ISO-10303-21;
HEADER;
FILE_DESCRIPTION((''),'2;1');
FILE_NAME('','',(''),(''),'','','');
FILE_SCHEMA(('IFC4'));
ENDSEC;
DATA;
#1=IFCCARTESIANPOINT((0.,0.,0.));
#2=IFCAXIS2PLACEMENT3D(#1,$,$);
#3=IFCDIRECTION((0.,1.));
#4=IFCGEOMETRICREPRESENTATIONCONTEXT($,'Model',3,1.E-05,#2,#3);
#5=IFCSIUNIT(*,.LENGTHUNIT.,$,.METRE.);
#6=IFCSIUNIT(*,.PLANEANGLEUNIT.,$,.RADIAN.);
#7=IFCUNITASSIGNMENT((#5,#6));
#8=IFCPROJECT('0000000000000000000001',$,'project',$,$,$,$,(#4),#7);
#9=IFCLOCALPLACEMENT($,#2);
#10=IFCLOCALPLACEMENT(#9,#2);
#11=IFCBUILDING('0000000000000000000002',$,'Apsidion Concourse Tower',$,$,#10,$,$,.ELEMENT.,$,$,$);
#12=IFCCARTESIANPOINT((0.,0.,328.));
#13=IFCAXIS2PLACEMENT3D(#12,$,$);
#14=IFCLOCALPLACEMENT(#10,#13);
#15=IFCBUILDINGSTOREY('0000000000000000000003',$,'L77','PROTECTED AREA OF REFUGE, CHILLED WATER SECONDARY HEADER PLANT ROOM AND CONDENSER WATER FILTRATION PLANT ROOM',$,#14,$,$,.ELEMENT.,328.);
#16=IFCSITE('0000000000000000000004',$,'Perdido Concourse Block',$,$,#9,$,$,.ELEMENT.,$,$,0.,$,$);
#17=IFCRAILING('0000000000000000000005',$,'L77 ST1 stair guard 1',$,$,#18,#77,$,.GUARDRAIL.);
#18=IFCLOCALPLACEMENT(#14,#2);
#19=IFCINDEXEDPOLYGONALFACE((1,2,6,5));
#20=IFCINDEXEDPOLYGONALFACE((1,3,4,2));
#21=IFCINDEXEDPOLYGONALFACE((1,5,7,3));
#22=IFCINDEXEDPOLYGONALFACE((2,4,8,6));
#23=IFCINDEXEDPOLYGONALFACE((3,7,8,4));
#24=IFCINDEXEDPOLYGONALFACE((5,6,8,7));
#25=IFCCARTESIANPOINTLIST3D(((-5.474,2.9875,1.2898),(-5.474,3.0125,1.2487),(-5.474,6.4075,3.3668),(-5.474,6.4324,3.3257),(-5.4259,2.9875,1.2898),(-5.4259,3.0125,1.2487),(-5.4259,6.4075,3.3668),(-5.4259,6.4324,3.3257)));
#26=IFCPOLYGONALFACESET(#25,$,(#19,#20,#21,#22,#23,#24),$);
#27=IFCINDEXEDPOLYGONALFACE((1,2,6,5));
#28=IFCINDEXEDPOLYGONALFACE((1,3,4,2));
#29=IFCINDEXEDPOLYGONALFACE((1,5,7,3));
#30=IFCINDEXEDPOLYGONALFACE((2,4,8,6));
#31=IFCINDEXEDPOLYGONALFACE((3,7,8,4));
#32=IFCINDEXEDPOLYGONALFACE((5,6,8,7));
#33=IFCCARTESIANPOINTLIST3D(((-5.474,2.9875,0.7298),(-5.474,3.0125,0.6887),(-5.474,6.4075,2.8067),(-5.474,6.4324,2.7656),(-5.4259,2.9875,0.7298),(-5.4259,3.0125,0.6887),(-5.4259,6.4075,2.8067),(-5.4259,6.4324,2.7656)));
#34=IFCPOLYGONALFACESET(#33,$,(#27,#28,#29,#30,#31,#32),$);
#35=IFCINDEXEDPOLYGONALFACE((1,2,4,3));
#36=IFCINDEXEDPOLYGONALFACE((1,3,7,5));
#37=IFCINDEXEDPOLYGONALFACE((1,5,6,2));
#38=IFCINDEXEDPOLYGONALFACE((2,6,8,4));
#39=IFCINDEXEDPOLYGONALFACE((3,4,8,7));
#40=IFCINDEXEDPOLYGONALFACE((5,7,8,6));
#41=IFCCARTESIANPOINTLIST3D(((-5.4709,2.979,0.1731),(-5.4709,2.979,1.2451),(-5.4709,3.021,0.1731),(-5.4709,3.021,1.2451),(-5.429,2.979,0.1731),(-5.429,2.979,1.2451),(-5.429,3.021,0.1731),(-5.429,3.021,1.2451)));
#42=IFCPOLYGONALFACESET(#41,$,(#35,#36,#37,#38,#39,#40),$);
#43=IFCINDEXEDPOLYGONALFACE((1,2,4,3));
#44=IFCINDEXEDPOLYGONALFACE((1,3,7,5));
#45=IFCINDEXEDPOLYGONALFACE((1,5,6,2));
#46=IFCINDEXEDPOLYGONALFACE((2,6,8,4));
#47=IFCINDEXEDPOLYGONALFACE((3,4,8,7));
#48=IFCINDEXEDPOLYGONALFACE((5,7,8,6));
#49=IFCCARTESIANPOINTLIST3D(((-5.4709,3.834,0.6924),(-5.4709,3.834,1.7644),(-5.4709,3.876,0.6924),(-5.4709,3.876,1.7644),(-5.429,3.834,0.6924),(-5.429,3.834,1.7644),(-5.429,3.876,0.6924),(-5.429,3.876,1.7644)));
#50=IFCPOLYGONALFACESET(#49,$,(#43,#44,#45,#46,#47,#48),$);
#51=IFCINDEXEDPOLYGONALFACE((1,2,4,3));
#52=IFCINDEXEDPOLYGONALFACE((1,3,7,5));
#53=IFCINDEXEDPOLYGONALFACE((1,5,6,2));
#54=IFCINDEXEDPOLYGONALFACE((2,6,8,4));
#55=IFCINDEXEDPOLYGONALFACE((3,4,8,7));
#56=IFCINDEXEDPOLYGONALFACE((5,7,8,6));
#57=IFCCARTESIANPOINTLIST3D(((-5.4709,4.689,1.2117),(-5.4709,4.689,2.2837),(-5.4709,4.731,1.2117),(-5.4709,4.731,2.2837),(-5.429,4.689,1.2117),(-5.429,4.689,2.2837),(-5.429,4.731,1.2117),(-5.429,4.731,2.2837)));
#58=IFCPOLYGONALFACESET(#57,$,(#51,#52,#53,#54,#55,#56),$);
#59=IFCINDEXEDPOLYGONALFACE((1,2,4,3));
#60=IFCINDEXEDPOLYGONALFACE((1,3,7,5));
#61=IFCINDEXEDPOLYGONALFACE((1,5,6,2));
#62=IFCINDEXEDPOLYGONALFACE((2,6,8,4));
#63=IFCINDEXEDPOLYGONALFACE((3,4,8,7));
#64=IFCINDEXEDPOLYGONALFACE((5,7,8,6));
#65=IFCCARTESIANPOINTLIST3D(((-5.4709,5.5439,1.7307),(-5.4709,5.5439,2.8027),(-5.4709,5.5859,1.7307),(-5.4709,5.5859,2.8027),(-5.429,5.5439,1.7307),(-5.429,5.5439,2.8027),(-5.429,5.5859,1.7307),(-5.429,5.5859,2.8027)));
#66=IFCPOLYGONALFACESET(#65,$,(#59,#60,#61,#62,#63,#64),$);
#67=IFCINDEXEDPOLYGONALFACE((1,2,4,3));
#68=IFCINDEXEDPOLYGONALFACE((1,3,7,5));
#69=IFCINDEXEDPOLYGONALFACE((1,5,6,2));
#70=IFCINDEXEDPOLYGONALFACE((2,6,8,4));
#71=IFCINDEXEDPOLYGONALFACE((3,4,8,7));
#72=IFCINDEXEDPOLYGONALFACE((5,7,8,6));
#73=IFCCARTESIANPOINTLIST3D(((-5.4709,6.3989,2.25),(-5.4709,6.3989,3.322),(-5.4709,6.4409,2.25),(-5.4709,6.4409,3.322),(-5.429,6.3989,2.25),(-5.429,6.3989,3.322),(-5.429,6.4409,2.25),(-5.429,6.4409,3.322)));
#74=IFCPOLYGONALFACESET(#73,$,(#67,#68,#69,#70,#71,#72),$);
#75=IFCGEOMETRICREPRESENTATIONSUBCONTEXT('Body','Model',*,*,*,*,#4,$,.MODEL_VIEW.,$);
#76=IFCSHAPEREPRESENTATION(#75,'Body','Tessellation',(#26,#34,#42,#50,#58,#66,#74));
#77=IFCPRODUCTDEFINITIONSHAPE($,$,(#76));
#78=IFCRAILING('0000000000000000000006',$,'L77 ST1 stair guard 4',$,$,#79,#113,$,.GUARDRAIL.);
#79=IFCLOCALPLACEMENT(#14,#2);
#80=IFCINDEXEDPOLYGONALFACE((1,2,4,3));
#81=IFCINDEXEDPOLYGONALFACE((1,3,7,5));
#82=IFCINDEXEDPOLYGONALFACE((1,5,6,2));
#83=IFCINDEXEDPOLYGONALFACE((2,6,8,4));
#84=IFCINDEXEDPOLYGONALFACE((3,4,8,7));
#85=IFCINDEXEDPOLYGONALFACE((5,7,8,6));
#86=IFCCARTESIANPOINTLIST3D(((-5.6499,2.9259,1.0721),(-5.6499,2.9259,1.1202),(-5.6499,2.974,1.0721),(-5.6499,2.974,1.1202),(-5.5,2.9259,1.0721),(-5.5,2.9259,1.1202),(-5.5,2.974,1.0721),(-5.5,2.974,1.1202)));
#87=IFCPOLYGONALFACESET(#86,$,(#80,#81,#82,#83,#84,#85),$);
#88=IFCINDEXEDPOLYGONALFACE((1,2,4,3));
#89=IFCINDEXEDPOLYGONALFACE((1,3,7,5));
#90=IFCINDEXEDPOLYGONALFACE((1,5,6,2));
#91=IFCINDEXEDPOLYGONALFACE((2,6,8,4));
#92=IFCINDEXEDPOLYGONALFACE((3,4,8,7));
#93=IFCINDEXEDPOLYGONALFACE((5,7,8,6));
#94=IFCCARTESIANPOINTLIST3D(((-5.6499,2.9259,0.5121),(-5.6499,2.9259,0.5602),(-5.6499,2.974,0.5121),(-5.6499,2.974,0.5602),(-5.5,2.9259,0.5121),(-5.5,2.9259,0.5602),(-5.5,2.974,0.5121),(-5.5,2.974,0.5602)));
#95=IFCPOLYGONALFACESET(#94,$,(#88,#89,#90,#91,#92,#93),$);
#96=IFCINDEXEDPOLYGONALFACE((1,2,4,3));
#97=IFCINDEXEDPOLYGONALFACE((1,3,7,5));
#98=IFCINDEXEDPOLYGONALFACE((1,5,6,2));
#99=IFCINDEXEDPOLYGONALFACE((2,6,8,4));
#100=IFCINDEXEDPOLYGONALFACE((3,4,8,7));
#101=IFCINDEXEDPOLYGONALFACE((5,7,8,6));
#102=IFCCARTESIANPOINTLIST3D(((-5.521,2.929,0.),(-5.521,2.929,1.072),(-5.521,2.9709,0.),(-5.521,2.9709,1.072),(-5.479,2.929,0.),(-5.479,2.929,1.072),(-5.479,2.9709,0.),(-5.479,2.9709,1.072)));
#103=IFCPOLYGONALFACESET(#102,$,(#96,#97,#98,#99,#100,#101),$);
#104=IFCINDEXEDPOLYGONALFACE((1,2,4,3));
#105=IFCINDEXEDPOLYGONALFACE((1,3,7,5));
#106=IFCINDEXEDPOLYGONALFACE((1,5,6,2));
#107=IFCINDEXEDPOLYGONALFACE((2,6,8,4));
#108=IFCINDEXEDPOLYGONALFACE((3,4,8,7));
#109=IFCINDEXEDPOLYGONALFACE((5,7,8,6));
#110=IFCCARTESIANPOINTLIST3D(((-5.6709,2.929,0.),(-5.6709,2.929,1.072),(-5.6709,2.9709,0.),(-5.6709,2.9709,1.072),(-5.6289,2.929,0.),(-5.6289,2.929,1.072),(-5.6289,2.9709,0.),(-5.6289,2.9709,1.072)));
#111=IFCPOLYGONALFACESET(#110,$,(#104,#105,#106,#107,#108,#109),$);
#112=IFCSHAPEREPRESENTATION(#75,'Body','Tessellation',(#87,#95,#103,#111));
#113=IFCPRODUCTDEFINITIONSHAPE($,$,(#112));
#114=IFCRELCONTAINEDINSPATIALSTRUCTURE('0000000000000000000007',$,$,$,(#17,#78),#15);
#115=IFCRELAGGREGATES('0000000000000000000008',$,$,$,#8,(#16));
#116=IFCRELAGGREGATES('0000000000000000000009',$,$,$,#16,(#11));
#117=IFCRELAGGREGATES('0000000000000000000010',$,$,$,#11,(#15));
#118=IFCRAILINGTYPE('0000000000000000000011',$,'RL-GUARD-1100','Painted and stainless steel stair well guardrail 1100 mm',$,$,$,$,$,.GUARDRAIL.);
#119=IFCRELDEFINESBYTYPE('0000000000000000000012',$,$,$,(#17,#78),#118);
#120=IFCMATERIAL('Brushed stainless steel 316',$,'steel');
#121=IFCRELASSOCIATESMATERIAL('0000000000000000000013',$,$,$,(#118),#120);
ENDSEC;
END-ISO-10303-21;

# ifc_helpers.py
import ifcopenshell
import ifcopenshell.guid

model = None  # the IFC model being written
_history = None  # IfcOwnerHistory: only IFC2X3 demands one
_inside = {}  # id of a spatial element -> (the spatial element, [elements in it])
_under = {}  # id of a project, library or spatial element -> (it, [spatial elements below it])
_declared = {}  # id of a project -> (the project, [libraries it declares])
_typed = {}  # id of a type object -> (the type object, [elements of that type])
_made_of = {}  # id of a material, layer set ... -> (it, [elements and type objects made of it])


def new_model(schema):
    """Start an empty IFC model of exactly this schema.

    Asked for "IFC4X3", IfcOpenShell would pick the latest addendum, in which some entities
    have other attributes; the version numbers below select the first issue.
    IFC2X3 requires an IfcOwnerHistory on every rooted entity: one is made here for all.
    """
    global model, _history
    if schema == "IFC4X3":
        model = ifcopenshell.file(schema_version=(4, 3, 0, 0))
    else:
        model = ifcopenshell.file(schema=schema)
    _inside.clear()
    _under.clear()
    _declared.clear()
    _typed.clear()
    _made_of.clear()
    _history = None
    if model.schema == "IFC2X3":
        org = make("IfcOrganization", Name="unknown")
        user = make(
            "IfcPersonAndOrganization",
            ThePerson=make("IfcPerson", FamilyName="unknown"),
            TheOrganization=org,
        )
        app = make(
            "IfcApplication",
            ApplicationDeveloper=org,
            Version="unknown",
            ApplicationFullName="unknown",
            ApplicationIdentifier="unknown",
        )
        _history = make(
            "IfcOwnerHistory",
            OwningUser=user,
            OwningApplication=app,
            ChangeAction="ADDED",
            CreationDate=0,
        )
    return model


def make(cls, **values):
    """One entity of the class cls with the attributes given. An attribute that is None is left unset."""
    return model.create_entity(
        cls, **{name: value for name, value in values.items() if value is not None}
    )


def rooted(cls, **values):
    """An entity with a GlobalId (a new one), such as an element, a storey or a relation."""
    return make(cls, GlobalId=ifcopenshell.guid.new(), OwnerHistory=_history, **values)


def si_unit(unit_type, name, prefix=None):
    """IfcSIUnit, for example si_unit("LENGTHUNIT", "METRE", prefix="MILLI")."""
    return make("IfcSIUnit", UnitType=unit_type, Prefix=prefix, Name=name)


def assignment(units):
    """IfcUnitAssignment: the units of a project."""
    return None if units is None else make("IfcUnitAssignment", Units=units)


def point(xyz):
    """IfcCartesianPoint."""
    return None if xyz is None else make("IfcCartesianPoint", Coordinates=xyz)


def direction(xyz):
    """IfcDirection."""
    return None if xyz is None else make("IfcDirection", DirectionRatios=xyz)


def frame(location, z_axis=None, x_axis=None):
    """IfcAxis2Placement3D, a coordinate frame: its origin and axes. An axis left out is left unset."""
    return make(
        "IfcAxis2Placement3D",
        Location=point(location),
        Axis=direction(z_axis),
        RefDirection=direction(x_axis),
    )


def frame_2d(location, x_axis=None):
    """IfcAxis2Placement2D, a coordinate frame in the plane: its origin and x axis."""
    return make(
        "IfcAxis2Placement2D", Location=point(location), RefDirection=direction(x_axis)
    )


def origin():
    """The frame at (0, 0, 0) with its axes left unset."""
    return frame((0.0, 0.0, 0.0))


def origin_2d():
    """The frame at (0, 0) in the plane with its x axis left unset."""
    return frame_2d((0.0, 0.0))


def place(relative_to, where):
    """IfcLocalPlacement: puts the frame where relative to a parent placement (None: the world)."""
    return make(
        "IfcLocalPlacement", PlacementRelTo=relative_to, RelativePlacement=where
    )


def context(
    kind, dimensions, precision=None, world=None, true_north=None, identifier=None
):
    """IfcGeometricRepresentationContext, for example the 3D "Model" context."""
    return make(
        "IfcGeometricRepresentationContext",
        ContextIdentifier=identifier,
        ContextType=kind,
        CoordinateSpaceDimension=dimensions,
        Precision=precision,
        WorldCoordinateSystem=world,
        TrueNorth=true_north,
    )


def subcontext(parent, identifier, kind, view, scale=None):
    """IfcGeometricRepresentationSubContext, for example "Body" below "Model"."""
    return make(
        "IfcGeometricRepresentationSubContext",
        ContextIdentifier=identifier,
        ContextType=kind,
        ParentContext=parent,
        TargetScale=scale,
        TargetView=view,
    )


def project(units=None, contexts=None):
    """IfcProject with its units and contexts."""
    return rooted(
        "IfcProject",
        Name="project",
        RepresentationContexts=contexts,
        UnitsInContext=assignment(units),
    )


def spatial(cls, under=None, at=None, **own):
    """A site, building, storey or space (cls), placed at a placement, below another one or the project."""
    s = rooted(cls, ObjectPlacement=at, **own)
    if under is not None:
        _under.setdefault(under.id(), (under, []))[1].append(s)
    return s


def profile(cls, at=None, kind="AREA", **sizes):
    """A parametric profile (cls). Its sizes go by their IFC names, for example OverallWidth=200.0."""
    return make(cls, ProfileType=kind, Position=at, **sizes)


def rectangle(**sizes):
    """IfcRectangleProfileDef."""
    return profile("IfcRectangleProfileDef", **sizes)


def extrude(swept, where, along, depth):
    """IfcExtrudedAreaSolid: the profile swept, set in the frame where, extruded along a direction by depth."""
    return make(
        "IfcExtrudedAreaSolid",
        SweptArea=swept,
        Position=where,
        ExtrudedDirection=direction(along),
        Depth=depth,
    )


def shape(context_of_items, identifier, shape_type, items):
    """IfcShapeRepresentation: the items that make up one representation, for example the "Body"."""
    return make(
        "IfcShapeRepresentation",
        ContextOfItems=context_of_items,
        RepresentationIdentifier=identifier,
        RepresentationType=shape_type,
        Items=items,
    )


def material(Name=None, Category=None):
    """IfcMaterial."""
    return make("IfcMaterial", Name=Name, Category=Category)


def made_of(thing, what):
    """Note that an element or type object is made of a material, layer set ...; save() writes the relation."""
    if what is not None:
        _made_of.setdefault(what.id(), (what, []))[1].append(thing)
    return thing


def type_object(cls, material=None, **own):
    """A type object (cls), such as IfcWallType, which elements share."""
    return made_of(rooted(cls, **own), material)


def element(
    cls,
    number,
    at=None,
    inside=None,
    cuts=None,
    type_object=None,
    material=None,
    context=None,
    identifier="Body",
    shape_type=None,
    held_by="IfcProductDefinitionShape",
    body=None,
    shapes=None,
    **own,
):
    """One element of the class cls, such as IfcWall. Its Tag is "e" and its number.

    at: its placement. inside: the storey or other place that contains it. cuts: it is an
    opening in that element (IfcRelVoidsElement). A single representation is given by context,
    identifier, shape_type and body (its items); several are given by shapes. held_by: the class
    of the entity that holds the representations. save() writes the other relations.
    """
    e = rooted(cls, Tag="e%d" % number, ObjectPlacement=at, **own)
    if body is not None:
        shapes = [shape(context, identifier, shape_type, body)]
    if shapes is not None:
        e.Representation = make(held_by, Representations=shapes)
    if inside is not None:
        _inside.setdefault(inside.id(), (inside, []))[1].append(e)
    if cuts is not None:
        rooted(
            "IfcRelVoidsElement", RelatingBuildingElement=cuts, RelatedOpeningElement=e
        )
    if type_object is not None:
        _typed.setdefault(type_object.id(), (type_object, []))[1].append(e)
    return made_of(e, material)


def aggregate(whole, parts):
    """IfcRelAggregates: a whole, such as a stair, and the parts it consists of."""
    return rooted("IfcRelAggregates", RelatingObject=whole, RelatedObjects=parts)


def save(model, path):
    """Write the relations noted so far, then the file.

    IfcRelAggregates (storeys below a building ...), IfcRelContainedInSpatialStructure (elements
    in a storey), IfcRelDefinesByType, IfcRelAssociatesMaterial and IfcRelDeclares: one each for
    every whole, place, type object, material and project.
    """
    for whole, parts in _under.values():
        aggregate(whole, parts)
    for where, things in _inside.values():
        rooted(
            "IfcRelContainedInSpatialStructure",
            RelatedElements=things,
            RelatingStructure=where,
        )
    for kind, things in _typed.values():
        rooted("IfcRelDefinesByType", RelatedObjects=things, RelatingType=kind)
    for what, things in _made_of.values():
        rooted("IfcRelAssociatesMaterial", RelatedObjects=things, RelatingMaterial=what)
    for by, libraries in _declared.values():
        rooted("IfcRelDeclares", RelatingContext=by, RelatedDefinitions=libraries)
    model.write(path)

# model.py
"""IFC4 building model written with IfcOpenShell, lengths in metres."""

from ifc_helpers import new_model, si_unit, direction, frame, origin, origin_2d, place, context, subcontext, project, spatial, rectangle, extrude, material, type_object, element, save


model = new_model("IFC4")

# Units and contexts
model_context = context("Model", 3, precision=1e-05, world=origin(), true_north=direction((0.0, 1.0)))
body_context = subcontext(model_context, "Body", "Model", "MODEL_VIEW")
ifc_project = project(units=[si_unit("LENGTHUNIT", "METRE"), si_unit("PLANEANGLEUNIT", "RADIAN")], contexts=[model_context])

# Site, building, storey
site_placement = place(None, origin())
site = spatial("IfcSite", under=ifc_project, at=site_placement, Name="Perdido Concourse Block", CompositionType="ELEMENT", RefElevation=0.0)
building_placement = place(site_placement, origin())
building = spatial("IfcBuilding", under=site, at=building_placement, Name="Apsidion Concourse Tower", CompositionType="ELEMENT")
storey_placement = place(building_placement, frame((0.0, 0.0, 328.0)))
storey = spatial("IfcBuildingStorey", under=building, at=storey_placement, Name="L77", Description="PROTECTED AREA OF REFUGE, CHILLED WATER SECONDARY HEADER PLANT ROOM AND CONDENSER WATER FILTRATION PLANT ROOM", CompositionType="ELEMENT", Elevation=328.0)

# Shared definitions
ifc_material_1 = material(Name="Brushed stainless steel 316", Category="steel")

# Railings
railing_type = type_object("IfcRailingType", Name="RL-GUARD-1100", Description="Painted and stainless steel stair well guardrail 1100 mm", PredefinedType="GUARDRAIL", material=ifc_material_1)
railing_1_placement = place(storey_placement, frame((-5.45, 3.0, 0.1731)))
element("IfcRailing", 1, at=railing_1_placement, inside=storey, type_object=railing_type, Name="L77 ST1 stair guard 1", PredefinedType="GUARDRAIL", context=body_context, shape_type="SweptSolid", body=[
    extrude(rectangle(XDim=0.0481, YDim=0.0481, at=origin_2d()), frame((0.0, 0.0, 1.0962), z_axis=(0.0, 0.85473, 0.519074), x_axis=(-1.0, 0.0, 0.0)), (0.0, 0.0, 1.0), 4.0012),
    extrude(rectangle(XDim=0.0481, YDim=0.0481, at=origin_2d()), frame((0.0, 0.0, 0.5361), z_axis=(0.0, 0.85473, 0.519074), x_axis=(-1.0, 0.0, 0.0)), (0.0, 0.0, 1.0), 4.0012),
    extrude(rectangle(XDim=0.042, YDim=0.042, at=origin_2d()), origin(), (0.0, 0.0, 1.0), 1.072),
    extrude(rectangle(XDim=0.042, YDim=0.042, at=origin_2d()), frame((0.0, 0.855, 0.5193)), (0.0, 0.0, 1.0), 1.072),
    extrude(rectangle(XDim=0.042, YDim=0.042, at=origin_2d()), frame((0.0, 1.71, 1.0386)), (0.0, 0.0, 1.0), 1.072),
    extrude(rectangle(XDim=0.042, YDim=0.042, at=origin_2d()), frame((0.0, 2.5649, 1.5576)), (0.0, 0.0, 1.0), 1.072),
    extrude(rectangle(XDim=0.042, YDim=0.042, at=origin_2d()), frame((0.0, 3.4199, 2.0769)), (0.0, 0.0, 1.0), 1.072),
])
railing_2_placement = place(storey_placement, frame((-5.5, 2.95, 0.0)))
element("IfcRailing", 2, at=railing_2_placement, inside=storey, type_object=railing_type, Name="L77 ST1 stair guard 4", PredefinedType="GUARDRAIL", context=body_context, shape_type="SweptSolid", body=[
    extrude(rectangle(XDim=0.0481, YDim=0.0481, at=origin_2d()), frame((0.0, 0.0, 1.0962), z_axis=(-1.0, 0.0, 0.0), x_axis=(0.0, -1.0, 0.0)), (0.0, 0.0, 1.0), 0.1499),
    extrude(rectangle(XDim=0.0481, YDim=0.0481, at=origin_2d()), frame((0.0, 0.0, 0.5361), z_axis=(-1.0, 0.0, 0.0), x_axis=(0.0, -1.0, 0.0)), (0.0, 0.0, 1.0), 0.1499),
    extrude(rectangle(XDim=0.042, YDim=0.042, at=origin_2d()), origin(), (0.0, 0.0, 1.0), 1.072),
    extrude(rectangle(XDim=0.042, YDim=0.042, at=origin_2d()), frame((-0.1499, 0.0, 0.0)), (0.0, 0.0, 1.0), 1.072),
])

save(model, "model.ifc")
